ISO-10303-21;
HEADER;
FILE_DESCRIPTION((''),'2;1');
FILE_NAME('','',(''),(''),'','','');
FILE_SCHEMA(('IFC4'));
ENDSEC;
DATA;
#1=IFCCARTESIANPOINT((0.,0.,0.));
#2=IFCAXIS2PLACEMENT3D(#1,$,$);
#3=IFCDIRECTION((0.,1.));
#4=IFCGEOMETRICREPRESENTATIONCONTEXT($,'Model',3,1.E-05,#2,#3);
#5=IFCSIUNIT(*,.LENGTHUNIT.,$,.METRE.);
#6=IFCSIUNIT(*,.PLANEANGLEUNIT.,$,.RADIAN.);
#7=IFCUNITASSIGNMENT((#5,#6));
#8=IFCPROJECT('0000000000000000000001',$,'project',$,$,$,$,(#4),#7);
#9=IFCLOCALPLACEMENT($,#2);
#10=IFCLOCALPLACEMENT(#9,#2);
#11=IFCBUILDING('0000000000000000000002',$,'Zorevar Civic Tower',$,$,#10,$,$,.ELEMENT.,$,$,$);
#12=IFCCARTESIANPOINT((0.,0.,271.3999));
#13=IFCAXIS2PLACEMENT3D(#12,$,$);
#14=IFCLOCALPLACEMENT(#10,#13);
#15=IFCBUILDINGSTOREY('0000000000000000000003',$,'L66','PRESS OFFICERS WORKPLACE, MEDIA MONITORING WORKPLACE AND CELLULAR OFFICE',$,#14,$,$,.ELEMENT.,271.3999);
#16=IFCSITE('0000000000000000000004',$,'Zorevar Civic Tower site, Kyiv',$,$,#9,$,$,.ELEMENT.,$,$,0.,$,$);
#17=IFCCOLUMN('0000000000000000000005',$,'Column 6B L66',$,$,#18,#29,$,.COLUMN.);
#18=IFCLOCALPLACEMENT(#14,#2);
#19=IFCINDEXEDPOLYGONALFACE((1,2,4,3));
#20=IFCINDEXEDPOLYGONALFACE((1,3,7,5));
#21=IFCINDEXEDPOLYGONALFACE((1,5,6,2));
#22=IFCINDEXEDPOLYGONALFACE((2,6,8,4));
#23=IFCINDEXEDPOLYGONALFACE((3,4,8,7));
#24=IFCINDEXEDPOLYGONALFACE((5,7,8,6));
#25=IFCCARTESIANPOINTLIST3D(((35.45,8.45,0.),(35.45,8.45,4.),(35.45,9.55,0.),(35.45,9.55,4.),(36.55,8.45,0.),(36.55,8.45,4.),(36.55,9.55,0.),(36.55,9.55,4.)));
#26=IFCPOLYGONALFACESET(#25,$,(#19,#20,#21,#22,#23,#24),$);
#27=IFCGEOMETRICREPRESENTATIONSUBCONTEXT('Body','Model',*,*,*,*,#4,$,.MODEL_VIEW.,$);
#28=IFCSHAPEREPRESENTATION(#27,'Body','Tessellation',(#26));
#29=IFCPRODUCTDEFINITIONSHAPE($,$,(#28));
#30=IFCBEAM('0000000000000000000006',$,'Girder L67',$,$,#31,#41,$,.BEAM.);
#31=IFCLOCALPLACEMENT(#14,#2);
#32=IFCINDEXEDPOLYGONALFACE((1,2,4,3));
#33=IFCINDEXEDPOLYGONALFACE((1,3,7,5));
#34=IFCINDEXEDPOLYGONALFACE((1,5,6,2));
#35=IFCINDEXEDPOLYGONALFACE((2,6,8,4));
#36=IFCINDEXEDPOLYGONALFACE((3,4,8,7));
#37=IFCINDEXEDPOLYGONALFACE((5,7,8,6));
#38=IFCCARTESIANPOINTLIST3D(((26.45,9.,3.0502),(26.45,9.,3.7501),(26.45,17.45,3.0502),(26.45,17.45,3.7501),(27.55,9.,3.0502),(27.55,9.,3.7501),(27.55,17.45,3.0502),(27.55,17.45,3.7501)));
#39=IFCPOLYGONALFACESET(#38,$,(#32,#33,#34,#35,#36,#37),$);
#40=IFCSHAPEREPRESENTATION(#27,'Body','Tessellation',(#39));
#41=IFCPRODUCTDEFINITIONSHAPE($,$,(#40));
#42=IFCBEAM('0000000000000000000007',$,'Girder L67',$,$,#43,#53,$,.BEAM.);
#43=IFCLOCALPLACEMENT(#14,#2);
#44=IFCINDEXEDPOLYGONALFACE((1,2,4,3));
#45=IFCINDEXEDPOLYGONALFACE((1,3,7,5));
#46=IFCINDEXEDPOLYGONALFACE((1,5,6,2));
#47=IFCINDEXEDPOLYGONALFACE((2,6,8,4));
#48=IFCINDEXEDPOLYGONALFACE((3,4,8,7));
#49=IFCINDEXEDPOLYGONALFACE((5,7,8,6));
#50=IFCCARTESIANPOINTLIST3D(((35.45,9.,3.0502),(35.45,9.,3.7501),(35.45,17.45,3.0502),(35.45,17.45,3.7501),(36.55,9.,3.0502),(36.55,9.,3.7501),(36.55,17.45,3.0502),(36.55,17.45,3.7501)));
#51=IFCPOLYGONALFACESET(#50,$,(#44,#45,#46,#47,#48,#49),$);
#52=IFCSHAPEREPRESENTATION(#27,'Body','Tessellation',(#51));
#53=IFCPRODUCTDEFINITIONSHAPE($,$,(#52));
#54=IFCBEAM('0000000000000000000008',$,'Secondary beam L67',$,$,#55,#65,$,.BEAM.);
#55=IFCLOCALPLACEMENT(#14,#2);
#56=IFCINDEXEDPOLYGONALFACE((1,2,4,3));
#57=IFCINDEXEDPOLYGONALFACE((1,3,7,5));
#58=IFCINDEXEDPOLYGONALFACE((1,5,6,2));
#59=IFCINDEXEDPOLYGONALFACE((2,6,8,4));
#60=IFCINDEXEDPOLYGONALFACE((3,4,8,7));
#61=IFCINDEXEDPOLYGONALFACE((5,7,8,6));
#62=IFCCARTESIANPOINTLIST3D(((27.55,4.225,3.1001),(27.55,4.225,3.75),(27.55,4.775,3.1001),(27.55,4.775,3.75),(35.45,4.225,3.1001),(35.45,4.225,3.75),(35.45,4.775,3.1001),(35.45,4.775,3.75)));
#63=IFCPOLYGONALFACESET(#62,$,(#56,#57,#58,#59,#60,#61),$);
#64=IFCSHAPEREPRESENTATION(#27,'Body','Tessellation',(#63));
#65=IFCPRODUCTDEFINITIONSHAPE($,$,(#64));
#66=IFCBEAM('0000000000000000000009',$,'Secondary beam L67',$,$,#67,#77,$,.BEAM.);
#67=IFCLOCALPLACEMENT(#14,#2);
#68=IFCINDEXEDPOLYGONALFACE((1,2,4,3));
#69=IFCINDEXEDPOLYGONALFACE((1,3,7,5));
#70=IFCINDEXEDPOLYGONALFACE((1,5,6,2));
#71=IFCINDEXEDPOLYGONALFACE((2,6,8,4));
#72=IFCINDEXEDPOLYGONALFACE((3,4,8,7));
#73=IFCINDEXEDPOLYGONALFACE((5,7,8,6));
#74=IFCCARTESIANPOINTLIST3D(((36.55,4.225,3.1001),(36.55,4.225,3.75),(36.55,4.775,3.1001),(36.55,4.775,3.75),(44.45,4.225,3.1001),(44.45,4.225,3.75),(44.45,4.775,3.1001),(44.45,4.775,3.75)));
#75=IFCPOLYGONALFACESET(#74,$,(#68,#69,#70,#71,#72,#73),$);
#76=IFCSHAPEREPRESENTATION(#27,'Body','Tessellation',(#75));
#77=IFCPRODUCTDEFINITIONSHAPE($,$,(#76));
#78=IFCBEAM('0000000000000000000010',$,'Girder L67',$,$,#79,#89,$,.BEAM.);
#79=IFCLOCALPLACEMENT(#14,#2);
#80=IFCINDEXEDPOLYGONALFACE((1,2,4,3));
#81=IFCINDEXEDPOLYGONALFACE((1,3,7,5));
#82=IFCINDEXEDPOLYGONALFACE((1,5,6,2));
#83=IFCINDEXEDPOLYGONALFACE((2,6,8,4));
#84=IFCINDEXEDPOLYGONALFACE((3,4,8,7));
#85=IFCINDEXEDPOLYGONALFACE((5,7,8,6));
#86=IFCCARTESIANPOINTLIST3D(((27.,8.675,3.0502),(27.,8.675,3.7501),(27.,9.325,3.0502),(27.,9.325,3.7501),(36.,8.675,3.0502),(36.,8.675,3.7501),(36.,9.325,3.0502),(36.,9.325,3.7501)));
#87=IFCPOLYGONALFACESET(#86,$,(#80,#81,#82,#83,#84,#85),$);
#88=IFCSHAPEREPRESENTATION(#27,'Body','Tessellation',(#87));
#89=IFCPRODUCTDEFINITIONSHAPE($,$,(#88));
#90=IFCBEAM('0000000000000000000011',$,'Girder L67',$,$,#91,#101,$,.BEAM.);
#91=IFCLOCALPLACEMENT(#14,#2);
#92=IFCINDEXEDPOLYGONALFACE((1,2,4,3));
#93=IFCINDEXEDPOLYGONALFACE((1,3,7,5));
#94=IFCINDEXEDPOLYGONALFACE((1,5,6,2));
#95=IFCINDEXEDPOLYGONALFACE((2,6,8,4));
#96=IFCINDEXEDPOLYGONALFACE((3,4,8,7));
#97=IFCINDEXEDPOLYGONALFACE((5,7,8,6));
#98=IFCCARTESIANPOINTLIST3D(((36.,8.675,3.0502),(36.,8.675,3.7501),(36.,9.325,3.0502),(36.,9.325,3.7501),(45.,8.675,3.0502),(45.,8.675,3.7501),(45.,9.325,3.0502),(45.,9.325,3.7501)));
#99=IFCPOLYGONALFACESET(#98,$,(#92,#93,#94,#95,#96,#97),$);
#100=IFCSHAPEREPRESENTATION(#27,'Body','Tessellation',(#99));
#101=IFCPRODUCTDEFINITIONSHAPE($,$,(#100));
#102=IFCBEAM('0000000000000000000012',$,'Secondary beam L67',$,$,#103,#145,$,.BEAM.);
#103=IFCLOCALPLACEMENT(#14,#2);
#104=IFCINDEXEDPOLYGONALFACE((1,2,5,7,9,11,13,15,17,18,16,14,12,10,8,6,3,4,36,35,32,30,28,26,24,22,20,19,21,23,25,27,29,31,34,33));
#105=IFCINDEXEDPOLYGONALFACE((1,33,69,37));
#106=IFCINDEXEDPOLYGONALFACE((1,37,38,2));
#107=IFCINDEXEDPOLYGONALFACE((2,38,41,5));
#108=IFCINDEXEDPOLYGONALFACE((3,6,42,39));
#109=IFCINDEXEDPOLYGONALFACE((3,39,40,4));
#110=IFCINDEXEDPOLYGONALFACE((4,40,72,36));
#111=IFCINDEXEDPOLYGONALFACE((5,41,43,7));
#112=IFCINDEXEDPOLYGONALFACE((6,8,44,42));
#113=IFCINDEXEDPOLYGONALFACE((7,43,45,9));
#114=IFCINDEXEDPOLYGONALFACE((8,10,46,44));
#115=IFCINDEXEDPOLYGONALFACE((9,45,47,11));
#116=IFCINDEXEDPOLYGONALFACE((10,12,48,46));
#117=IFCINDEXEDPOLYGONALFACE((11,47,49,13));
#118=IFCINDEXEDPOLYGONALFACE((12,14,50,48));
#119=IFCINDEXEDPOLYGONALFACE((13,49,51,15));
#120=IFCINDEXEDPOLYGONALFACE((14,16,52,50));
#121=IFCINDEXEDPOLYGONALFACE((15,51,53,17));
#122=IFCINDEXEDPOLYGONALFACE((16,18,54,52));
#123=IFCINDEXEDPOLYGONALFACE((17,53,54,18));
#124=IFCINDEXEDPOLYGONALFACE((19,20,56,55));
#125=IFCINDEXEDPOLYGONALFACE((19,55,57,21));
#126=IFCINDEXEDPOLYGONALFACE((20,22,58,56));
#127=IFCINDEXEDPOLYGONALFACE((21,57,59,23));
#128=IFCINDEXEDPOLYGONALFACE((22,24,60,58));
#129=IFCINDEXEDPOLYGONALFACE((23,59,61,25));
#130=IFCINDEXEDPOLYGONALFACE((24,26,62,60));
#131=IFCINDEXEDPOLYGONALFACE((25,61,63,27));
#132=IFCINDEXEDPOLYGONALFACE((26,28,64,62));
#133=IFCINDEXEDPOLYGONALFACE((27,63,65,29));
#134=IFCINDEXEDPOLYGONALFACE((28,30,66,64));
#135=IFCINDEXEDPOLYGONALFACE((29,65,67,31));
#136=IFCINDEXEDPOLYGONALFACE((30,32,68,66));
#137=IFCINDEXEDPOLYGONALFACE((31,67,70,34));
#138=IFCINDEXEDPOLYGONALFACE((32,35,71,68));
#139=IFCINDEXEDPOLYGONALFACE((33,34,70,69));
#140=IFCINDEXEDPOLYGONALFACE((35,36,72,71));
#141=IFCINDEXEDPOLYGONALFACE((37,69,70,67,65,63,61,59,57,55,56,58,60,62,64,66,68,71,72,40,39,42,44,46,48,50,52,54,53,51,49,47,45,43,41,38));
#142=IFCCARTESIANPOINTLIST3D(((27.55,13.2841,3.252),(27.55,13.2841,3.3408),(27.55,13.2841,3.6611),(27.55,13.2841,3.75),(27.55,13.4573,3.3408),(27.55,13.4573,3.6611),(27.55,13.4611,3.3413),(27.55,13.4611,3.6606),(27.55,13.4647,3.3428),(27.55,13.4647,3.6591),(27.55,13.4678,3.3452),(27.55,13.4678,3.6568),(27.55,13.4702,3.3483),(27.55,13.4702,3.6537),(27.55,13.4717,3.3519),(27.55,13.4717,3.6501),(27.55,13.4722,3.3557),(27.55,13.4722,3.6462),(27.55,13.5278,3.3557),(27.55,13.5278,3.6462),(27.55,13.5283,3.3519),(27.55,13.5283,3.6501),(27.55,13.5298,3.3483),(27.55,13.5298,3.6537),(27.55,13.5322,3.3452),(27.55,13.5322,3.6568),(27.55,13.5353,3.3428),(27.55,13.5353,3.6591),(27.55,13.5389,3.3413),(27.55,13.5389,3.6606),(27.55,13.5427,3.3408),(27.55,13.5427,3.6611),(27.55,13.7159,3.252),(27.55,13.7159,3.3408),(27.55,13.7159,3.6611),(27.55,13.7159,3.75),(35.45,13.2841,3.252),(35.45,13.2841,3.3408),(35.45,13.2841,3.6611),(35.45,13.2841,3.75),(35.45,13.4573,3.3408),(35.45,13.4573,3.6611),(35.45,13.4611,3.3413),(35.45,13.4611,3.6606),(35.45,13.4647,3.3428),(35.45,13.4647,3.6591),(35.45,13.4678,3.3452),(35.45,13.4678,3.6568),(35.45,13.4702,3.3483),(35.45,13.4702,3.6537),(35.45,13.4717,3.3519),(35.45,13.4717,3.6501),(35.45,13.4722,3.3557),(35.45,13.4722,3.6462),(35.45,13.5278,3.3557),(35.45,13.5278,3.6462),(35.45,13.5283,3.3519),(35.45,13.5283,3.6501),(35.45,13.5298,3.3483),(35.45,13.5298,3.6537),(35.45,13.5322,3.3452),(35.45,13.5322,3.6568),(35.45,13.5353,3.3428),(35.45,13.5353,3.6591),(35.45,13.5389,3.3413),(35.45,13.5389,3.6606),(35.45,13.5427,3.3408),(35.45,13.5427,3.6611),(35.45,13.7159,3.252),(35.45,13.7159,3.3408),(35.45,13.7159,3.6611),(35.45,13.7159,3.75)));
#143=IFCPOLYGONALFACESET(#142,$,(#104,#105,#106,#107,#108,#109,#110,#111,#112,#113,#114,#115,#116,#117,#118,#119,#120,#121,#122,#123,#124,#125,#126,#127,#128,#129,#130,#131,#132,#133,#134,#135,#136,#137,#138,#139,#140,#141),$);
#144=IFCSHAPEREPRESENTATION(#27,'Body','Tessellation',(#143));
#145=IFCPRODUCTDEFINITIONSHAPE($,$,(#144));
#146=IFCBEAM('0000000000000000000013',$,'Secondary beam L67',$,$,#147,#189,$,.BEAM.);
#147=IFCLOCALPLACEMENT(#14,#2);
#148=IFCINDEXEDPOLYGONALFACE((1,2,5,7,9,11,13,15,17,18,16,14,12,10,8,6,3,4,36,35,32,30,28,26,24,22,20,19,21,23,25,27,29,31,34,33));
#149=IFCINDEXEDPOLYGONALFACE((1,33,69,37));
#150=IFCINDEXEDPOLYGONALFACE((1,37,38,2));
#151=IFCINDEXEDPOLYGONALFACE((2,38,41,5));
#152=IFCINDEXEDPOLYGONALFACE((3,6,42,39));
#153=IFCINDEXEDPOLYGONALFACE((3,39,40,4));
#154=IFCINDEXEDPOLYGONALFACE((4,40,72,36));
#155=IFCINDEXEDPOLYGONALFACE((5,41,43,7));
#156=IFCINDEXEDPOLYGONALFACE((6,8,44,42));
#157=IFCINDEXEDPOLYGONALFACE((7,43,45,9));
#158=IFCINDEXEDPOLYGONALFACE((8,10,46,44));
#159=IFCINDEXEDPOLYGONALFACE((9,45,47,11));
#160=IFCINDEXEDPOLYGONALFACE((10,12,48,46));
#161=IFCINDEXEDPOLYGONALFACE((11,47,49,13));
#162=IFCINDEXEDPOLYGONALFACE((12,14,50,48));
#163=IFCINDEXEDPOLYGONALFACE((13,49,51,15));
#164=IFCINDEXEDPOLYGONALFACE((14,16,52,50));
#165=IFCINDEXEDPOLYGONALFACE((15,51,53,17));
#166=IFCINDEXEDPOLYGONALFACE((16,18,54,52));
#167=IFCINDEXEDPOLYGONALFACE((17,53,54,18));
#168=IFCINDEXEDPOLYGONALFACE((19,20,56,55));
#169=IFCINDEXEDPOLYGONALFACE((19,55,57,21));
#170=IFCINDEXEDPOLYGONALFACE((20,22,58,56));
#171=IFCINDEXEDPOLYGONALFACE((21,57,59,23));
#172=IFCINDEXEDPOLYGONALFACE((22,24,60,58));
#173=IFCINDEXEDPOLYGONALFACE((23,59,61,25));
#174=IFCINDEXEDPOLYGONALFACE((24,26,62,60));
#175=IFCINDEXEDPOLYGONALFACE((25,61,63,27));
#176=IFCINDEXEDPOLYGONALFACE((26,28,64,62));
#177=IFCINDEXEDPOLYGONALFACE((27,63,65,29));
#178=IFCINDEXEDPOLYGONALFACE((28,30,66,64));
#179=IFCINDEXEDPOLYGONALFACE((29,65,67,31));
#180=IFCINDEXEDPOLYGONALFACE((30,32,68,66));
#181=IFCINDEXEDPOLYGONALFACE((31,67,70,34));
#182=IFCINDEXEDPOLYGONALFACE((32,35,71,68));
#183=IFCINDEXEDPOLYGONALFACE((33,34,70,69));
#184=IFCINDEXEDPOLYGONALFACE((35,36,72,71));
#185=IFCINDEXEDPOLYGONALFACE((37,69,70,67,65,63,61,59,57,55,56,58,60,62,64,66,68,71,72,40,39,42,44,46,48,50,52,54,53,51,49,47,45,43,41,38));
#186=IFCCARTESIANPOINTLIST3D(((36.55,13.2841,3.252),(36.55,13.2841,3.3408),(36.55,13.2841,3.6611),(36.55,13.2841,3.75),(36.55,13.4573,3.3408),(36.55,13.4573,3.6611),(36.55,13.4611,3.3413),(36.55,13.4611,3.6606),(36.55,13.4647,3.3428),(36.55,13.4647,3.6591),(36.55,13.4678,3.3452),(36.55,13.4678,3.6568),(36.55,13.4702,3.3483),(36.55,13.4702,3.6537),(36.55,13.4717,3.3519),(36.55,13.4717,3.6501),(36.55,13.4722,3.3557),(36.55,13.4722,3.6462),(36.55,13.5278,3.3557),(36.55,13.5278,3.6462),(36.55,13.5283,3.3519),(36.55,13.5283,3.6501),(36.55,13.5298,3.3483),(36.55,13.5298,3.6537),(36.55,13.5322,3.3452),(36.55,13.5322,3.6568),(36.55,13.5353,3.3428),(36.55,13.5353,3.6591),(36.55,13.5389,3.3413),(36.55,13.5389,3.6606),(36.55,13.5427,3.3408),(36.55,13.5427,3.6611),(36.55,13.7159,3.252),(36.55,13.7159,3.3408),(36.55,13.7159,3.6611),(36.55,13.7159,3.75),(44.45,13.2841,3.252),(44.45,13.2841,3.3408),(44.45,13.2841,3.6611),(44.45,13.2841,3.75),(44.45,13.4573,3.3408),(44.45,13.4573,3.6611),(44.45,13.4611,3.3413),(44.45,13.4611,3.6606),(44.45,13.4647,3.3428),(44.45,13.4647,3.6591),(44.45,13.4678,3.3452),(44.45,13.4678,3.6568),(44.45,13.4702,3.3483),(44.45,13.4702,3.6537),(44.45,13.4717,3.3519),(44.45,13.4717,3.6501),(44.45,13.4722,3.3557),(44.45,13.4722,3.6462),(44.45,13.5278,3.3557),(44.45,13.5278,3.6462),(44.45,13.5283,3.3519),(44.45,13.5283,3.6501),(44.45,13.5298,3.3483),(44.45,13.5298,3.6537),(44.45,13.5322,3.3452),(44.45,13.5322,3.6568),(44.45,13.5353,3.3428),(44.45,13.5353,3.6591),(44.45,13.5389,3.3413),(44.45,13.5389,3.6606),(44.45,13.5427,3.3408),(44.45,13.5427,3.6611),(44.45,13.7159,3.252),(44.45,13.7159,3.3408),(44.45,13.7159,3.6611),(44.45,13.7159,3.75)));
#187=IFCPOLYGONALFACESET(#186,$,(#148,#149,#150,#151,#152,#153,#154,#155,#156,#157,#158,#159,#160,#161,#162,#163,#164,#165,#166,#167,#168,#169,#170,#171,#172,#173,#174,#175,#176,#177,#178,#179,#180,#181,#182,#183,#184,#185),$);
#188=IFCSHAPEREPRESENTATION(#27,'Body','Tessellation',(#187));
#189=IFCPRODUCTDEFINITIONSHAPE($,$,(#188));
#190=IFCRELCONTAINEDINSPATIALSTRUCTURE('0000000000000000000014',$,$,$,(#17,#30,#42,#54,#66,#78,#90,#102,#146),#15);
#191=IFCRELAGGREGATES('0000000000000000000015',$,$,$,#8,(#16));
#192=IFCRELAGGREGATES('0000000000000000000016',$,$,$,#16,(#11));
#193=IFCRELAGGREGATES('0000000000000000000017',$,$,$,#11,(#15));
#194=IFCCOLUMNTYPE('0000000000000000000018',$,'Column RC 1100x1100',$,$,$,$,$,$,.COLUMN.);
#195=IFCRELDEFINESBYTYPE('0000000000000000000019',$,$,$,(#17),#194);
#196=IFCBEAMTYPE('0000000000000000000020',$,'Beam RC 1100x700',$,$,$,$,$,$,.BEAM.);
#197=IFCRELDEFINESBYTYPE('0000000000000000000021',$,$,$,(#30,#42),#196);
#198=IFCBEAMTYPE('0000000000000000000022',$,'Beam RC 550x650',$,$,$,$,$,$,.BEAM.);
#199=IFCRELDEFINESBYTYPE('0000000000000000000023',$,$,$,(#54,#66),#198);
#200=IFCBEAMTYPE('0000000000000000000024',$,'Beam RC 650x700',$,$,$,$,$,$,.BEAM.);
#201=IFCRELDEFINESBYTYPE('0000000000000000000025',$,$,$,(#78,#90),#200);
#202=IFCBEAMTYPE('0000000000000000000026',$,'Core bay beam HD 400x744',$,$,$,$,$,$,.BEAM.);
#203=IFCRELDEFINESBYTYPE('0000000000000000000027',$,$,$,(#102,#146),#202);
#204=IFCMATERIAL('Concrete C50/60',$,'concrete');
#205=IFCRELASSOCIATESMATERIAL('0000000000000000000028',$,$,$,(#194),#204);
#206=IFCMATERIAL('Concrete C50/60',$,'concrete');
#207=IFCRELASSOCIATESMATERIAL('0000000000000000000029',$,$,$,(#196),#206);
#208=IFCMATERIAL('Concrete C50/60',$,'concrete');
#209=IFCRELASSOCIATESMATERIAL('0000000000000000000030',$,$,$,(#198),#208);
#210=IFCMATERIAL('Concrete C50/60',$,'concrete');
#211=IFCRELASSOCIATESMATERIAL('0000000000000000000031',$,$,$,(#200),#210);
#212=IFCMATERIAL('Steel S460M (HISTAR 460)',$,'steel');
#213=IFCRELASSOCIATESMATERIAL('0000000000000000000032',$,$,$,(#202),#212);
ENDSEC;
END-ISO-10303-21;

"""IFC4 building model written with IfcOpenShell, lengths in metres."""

from ifc_helpers import new_model, si_unit, direction, frame, origin, origin_2d, place, context, subcontext, project, spatial, rectangle, i_section, extrude, material, material_profile, profile_set, type_object, element, save


model = new_model("IFC4")

# Units and contexts
model_context = context("Model", 3, precision=1e-05, world=origin(), true_north=direction((0.0, 1.0)))
body_context = subcontext(model_context, "Body", "Model", "MODEL_VIEW")
ifc_project = project(units=[si_unit("LENGTHUNIT", "METRE"), si_unit("PLANEANGLEUNIT", "RADIAN")], contexts=[model_context])

# Site, building, storey
site_placement = place(None, origin())
site = spatial("IfcSite", under=ifc_project, at=site_placement, Name="Zorevar Civic Tower site, Kyiv", CompositionType="ELEMENT", RefElevation=0.0)
building_placement = place(site_placement, origin())
building = spatial("IfcBuilding", under=site, at=building_placement, Name="Zorevar Civic Tower", CompositionType="ELEMENT")
storey_placement = place(building_placement, frame((0.0, 0.0, 271.3999)))
storey = spatial("IfcBuildingStorey", under=building, at=storey_placement, Name="L66", Description="PRESS OFFICERS WORKPLACE, MEDIA MONITORING WORKPLACE AND CELLULAR OFFICE", CompositionType="ELEMENT", Elevation=271.3999)

# Column
ifc_material_1 = material(Name="Concrete C50/60", Category="concrete")
ifc_material_profile_1 = material_profile(ifc_material_1, rectangle(XDim=1.1001, YDim=1.1001, at=origin_2d()), Name="RC 1100x1100")
ifc_profile_set_1 = profile_set([ifc_material_profile_1], Name="Concrete C50/60")
column_type = type_object("IfcColumnType", Name="Column RC 1100x1100", PredefinedType="COLUMN", material=ifc_profile_set_1)
column_placement = place(storey_placement, frame((36.0, 9.0, 0.0), z_axis=(0.0, 0.0, 1.0), x_axis=(1.0, 0.0, 0.0)))
element("IfcColumn", 1, at=column_placement, inside=storey, type_object=column_type, Name="Column 6B L66", PredefinedType="COLUMN", context=body_context, shape_type="SweptSolid", body=[
    extrude(rectangle(XDim=1.1001, YDim=1.1001, at=origin_2d()), origin(), (0.0, 0.0, 1.0), 4.0),
])

# Beams
ifc_material_2 = material(Name="Concrete C50/60", Category="concrete")
ifc_material_profile_2 = material_profile(ifc_material_2, rectangle(XDim=1.1001, YDim=0.7, at=origin_2d()), Name="RC 1100x700")
ifc_profile_set_2 = profile_set([ifc_material_profile_2], Name="Concrete C50/60")
beam_type_1 = type_object("IfcBeamType", Name="Beam RC 1100x700", PredefinedType="BEAM", material=ifc_profile_set_2)
for number, where, z_axis, x_axis, name in (
    (2, (27.0, 9.0, 3.4001), (0.0, 1.0, 0.0), (-1.0, 0.0, 0.0), "Girder L67"),
    (3, (36.0, 9.0, 3.4001), (0.0, 1.0, 0.0), (-1.0, 0.0, 0.0), "Girder L67"),
):
    element("IfcBeam", number, at=place(storey_placement, frame(where, z_axis=z_axis, x_axis=x_axis)), inside=storey, type_object=beam_type_1, Name=name, PredefinedType="BEAM", context=body_context, shape_type="SweptSolid", body=[
        extrude(rectangle(XDim=1.1001, YDim=0.7, at=origin_2d()), origin(), (0.0, 0.0, 1.0), 8.45),
    ])
ifc_material_3 = material(Name="Concrete C50/60", Category="concrete")
ifc_material_profile_3 = material_profile(ifc_material_3, rectangle(XDim=0.55, YDim=0.6499, at=origin_2d()), Name="RC 550x650")
ifc_profile_set_3 = profile_set([ifc_material_profile_3], Name="Concrete C50/60")
beam_type_2 = type_object("IfcBeamType", Name="Beam RC 550x650", PredefinedType="BEAM", material=ifc_profile_set_3)
for number, where, z_axis, x_axis, name in (
    (4, (27.55, 4.5, 3.425), (1.0, 0.0, 0.0), (0.0, 1.0, 0.0), "Secondary beam L67"),
    (5, (36.55, 4.5, 3.425), (1.0, 0.0, 0.0), (0.0, 1.0, 0.0), "Secondary beam L67"),
):
    element("IfcBeam", number, at=place(storey_placement, frame(where, z_axis=z_axis, x_axis=x_axis)), inside=storey, type_object=beam_type_2, Name=name, PredefinedType="BEAM", context=body_context, shape_type="SweptSolid", body=[
        extrude(rectangle(XDim=0.55, YDim=0.6499, at=origin_2d()), origin(), (0.0, 0.0, 1.0), 7.8999),
    ])
ifc_material_4 = material(Name="Concrete C50/60", Category="concrete")
ifc_material_profile_4 = material_profile(ifc_material_4, rectangle(XDim=0.6499, YDim=0.7, at=origin_2d()), Name="RC 650x700")
ifc_profile_set_4 = profile_set([ifc_material_profile_4], Name="Concrete C50/60")
beam_type_3 = type_object("IfcBeamType", Name="Beam RC 650x700", PredefinedType="BEAM", material=ifc_profile_set_4)
for number, where, z_axis, x_axis, name in (
    (6, (27.0, 9.0, 3.4001), (1.0, 0.0, 0.0), (0.0, 1.0, 0.0), "Girder L67"),
    (7, (36.0, 9.0, 3.4001), (1.0, 0.0, 0.0), (0.0, 1.0, 0.0), "Girder L67"),
):
    element("IfcBeam", number, at=place(storey_placement, frame(where, z_axis=z_axis, x_axis=x_axis)), inside=storey, type_object=beam_type_3, Name=name, PredefinedType="BEAM", context=body_context, shape_type="SweptSolid", body=[
        extrude(rectangle(XDim=0.6499, YDim=0.7, at=origin_2d()), origin(), (0.0, 0.0, 1.0), 9.0),
    ])
ifc_material_5 = material(Name="Steel S460M (HISTAR 460)", Category="steel")
ifc_material_profile_5 = material_profile(ifc_material_5, i_section(OverallWidth=0.4319, OverallDepth=0.498, WebThickness=0.0557, FlangeThickness=0.0889, FilletRadius=0.0149, at=origin_2d()), Name="HD 400x744")
ifc_profile_set_5 = profile_set([ifc_material_profile_5], Name="Steel S460M (HISTAR 460)")
beam_type_4 = type_object("IfcBeamType", Name="Core bay beam HD 400x744", PredefinedType="BEAM", material=ifc_profile_set_5)
for number, where, z_axis, x_axis, name in (
    (8, (27.55, 13.5, 3.501), (1.0, 0.0, 0.0), (0.0, 1.0, 0.0), "Secondary beam L67"),
    (9, (36.55, 13.5, 3.501), (1.0, 0.0, 0.0), (0.0, 1.0, 0.0), "Secondary beam L67"),
):
    element("IfcBeam", number, at=place(storey_placement, frame(where, z_axis=z_axis, x_axis=x_axis)), inside=storey, type_object=beam_type_4, Name=name, PredefinedType="BEAM", context=body_context, shape_type="SweptSolid", body=[
        extrude(i_section(OverallWidth=0.4319, OverallDepth=0.498, WebThickness=0.0557, FlangeThickness=0.0889, FilletRadius=0.0149, at=origin_2d()), origin(), (0.0, 0.0, 1.0), 7.8999),
    ])

save(model, "model.ifc")
